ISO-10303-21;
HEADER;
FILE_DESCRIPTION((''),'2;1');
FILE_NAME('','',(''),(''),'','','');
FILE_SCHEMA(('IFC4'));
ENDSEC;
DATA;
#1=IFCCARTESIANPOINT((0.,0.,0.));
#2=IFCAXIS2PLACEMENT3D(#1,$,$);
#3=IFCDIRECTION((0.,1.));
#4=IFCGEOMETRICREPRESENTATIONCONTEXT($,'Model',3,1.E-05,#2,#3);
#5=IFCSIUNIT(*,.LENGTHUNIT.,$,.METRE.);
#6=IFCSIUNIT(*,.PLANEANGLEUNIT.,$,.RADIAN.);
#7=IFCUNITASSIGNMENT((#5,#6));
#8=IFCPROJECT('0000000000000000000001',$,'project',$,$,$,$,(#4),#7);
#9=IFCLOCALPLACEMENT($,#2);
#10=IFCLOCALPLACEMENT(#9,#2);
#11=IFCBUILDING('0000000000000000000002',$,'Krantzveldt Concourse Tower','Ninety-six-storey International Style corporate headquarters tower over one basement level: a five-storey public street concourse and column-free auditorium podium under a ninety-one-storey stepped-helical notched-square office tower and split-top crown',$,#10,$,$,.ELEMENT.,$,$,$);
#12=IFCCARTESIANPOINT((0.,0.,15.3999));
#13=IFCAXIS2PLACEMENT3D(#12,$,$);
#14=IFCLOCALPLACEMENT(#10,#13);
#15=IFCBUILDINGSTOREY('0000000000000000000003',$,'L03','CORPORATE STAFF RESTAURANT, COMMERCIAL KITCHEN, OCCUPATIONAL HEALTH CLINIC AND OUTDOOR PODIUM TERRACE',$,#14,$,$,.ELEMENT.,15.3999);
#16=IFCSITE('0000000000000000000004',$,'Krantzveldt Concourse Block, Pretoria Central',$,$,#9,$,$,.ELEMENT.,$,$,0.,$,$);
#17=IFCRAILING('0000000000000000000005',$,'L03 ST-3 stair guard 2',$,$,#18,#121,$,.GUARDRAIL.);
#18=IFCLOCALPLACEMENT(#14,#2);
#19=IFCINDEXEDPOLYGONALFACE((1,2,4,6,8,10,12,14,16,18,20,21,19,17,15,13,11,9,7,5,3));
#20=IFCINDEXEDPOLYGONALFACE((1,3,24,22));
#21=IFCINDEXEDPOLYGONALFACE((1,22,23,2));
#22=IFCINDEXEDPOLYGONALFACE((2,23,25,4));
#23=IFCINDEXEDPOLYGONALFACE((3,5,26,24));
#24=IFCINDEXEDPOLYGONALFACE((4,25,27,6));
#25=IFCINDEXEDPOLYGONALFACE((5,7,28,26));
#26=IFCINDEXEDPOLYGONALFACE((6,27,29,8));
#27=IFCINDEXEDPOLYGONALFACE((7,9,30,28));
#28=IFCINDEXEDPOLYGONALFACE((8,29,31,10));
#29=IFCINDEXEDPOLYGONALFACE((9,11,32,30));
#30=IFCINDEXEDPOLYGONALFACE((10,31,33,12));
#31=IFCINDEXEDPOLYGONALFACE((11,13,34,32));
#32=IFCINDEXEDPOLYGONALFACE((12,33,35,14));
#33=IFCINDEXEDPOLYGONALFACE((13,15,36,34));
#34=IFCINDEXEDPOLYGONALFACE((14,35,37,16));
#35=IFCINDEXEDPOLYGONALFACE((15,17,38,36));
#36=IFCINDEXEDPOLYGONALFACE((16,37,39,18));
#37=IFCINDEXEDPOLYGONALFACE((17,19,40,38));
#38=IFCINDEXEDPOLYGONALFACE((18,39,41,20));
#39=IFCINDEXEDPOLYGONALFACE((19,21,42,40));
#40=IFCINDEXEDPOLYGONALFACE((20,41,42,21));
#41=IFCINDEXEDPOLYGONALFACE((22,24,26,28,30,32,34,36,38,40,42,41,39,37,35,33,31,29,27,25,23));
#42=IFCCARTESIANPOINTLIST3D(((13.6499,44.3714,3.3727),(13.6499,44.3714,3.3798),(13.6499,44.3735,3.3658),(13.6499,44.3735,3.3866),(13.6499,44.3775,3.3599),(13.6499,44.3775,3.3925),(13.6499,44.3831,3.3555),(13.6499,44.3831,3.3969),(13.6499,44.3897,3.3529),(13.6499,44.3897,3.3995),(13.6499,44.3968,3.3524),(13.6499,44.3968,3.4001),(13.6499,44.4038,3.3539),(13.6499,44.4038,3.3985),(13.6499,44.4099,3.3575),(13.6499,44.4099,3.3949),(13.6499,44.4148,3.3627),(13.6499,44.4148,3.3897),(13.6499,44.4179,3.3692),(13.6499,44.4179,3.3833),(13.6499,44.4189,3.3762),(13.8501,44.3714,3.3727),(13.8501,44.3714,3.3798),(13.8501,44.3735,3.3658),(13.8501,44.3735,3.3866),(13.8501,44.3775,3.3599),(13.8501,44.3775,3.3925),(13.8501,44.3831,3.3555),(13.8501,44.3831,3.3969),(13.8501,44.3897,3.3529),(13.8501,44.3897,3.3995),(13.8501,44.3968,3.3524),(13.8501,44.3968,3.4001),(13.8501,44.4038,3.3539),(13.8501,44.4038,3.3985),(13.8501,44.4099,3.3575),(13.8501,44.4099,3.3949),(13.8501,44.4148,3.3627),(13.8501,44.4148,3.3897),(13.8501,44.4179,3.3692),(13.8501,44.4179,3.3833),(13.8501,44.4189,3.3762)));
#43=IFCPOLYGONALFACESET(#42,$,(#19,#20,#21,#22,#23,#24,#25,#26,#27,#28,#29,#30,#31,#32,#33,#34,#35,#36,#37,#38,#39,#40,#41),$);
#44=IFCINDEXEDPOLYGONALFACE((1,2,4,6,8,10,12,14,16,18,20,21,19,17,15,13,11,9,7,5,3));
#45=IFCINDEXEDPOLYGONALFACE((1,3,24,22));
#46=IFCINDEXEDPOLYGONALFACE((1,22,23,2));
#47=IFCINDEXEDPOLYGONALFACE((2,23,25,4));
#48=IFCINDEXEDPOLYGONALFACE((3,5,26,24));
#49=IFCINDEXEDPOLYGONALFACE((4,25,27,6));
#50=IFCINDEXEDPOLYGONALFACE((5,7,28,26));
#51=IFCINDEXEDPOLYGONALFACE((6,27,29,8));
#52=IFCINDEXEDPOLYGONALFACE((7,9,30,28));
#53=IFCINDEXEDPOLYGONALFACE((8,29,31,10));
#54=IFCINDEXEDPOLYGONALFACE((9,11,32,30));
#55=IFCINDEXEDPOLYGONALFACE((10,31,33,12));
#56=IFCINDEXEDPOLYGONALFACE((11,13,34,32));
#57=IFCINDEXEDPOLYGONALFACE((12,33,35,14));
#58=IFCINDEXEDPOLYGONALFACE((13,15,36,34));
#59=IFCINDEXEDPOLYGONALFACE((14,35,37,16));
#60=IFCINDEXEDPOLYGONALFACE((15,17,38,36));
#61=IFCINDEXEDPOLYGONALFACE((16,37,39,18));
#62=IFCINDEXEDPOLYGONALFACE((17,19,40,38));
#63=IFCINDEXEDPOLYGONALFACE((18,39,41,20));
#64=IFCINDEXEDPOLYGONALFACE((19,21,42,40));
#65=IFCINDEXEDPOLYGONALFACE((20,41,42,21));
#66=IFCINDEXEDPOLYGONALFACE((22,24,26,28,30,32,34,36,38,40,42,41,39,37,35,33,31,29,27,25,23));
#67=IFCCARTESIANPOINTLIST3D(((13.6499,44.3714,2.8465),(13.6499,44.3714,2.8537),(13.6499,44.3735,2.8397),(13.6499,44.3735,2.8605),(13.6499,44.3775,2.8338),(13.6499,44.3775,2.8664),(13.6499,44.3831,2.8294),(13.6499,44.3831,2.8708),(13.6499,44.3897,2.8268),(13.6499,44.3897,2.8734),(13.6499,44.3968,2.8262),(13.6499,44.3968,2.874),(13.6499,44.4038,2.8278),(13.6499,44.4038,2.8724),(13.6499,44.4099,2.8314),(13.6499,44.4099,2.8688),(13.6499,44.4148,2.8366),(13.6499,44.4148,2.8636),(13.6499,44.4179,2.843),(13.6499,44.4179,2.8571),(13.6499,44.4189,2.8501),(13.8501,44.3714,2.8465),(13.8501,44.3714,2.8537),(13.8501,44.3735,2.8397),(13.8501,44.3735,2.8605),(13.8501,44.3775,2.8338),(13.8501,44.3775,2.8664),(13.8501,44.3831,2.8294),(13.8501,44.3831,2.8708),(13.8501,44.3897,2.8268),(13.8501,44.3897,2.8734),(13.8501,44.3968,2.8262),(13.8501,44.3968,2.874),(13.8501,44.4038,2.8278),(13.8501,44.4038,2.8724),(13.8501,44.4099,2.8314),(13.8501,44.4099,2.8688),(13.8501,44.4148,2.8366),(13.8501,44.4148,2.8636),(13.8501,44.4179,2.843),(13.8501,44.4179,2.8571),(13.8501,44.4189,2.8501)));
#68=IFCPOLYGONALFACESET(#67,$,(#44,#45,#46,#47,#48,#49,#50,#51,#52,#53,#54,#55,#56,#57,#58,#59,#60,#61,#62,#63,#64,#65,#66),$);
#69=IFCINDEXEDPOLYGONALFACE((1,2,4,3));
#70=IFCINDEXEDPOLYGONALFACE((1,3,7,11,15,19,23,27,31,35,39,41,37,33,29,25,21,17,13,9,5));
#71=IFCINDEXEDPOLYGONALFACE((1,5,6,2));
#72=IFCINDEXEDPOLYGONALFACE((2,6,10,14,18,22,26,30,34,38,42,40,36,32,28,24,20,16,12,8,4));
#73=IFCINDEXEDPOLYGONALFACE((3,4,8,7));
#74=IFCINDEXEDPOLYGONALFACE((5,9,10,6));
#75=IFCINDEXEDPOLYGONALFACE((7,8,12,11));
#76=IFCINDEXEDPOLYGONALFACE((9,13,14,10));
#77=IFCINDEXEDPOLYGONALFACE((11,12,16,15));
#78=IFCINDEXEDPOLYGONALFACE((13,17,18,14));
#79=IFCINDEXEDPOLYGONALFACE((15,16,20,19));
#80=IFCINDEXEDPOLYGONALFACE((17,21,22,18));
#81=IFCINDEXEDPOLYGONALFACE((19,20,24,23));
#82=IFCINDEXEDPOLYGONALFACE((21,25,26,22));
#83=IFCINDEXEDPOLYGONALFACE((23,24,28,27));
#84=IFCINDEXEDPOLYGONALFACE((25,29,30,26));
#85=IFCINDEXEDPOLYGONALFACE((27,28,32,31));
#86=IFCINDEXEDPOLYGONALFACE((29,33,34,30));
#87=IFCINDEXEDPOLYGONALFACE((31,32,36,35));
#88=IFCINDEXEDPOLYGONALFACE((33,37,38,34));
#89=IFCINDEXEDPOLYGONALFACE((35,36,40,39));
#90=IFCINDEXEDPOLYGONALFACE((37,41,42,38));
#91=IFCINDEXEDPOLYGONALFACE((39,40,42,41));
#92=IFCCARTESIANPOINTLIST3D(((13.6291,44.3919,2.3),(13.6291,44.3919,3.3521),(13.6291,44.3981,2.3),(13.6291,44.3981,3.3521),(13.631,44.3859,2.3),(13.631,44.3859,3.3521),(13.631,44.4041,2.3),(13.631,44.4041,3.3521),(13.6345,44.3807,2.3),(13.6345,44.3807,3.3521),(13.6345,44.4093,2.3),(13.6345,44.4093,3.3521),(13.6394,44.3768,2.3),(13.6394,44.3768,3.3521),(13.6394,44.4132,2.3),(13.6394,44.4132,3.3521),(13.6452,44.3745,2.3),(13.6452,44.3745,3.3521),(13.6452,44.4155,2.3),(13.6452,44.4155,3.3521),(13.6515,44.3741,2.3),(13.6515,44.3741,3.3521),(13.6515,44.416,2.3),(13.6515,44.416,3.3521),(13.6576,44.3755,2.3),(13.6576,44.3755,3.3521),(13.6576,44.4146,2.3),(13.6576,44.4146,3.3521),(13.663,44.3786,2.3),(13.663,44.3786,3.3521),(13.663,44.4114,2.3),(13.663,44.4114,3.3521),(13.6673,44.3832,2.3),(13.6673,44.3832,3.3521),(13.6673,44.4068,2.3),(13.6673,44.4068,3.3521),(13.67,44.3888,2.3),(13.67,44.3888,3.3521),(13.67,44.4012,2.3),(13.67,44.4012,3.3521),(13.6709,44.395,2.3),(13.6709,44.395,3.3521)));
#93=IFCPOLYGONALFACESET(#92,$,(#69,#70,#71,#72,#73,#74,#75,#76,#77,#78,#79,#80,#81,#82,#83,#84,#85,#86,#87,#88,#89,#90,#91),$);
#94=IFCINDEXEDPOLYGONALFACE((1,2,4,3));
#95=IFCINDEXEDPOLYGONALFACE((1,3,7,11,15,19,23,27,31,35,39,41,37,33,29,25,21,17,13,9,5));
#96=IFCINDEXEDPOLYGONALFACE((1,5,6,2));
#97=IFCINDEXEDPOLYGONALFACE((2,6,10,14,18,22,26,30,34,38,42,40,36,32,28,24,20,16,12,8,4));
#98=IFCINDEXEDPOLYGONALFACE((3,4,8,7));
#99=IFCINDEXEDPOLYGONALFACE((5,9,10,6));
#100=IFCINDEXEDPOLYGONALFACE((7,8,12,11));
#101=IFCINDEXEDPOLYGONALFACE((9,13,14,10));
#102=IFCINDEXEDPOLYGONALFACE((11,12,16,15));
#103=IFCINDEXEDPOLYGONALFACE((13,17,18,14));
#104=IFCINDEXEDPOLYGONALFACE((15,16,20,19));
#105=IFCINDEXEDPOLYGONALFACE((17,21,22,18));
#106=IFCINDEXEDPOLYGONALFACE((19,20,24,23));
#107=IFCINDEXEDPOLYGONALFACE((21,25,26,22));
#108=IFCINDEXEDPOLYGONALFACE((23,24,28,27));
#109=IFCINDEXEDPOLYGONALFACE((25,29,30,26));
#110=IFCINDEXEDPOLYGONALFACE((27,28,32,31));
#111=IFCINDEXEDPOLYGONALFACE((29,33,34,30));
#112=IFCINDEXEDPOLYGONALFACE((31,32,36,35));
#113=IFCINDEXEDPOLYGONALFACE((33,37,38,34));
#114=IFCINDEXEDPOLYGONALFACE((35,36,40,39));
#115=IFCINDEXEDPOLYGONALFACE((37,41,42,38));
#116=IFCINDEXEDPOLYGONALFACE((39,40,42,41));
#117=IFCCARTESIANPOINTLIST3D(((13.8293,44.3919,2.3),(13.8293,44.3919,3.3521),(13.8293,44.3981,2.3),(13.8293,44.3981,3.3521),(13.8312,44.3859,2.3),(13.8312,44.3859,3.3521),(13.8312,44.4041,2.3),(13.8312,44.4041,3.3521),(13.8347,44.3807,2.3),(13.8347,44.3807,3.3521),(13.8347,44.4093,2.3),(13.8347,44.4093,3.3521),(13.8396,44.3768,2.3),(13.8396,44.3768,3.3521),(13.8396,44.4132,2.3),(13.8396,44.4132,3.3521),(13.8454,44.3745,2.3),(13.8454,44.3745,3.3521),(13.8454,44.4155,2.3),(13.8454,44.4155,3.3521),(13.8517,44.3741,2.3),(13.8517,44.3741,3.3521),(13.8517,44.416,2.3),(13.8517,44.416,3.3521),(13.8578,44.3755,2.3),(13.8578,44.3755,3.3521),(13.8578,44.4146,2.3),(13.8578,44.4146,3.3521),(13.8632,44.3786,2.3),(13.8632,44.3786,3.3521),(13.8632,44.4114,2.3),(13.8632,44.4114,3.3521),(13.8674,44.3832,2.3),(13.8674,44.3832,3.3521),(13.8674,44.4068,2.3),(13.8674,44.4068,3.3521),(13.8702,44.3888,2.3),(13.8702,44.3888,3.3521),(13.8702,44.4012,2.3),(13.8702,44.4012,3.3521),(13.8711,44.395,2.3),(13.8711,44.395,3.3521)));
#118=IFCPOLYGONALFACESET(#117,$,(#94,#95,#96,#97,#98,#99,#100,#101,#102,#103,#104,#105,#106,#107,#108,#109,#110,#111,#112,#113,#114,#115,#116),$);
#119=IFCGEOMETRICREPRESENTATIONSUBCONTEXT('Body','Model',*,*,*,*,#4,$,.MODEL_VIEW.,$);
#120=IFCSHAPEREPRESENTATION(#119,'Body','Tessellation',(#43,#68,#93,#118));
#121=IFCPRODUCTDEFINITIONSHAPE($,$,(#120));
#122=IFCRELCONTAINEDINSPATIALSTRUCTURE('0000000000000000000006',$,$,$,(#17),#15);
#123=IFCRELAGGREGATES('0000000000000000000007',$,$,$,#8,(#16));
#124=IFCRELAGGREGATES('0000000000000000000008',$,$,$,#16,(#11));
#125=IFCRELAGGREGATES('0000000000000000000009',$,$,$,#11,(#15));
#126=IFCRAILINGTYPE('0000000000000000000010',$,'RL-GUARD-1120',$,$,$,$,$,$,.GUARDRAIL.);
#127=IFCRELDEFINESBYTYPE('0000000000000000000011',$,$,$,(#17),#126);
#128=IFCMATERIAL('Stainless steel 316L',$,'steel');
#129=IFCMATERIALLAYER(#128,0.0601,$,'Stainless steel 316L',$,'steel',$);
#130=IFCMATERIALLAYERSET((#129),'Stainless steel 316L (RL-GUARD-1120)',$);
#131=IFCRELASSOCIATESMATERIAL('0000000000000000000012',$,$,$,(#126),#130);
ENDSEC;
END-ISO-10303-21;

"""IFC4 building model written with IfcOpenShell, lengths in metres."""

from ifc_helpers import new_model, si_unit, direction, frame, origin, origin_2d, place, context, subcontext, project, spatial, circle, extrude, material, layer, layer_set, type_object, element, save


model = new_model("IFC4")

# Units and contexts
model_context = context("Model", 3, precision=1e-05, world=origin(), true_north=direction((0.0, 1.0)))
body_context = subcontext(model_context, "Body", "Model", "MODEL_VIEW")
ifc_project = project(units=[si_unit("LENGTHUNIT", "METRE"), si_unit("PLANEANGLEUNIT", "RADIAN")], contexts=[model_context])

# Site, building, storey
site_placement = place(None, origin())
site = spatial("IfcSite", under=ifc_project, at=site_placement, Name="Krantzveldt Concourse Block, Pretoria Central", CompositionType="ELEMENT", RefElevation=0.0)
building_placement = place(site_placement, origin())
building = spatial("IfcBuilding", under=site, at=building_placement, Name="Krantzveldt Concourse Tower", Description="Ninety-six-storey International Style corporate headquarters tower over one basement level: a five-storey public street concourse and column-free auditorium podium under a ninety-one-storey stepped-helical notched-square office tower and split-top crown", CompositionType="ELEMENT")
storey_placement = place(building_placement, frame((0.0, 0.0, 15.3999)))
storey = spatial("IfcBuildingStorey", under=building, at=storey_placement, Name="L03", Description="CORPORATE STAFF RESTAURANT, COMMERCIAL KITCHEN, OCCUPATIONAL HEALTH CLINIC AND OUTDOOR PODIUM TERRACE", CompositionType="ELEMENT", Elevation=15.3999)

# Railing
ifc_material_1 = material(Name="Stainless steel 316L", Category="steel")
ifc_layer_1 = layer(ifc_material_1, 0.0601, Name="Stainless steel 316L", Category="steel")
ifc_layer_set_1 = layer_set([ifc_layer_1], Name="Stainless steel 316L (RL-GUARD-1120)")
railing_type_1 = type_object("IfcRailingType", Name="RL-GUARD-1120", PredefinedType="GUARDRAIL", material=ifc_layer_set_1)
railing_1_placement = place(storey_placement, frame((13.6499, 44.395, 2.3)))
element("IfcRailing", 1, at=railing_1_placement, inside=storey, type_object=railing_type_1, Name="L03 ST-3 stair guard 2", PredefinedType="GUARDRAIL", context=body_context, shape_type="SweptSolid", body=[
    extrude(circle(Radius=0.0239, at=origin_2d()), frame((0.0, 0.0, 1.0762), z_axis=(1.0, 0.0, 0.0), x_axis=(0.0, 1.0, 0.0)), (0.0, 0.0, 1.0), 0.2002),
    extrude(circle(Radius=0.0239, at=origin_2d()), frame((0.0, 0.0, 0.55), z_axis=(1.0, 0.0, 0.0), x_axis=(0.0, 1.0, 0.0)), (0.0, 0.0, 1.0), 0.2002),
    extrude(circle(Radius=0.021, at=origin_2d()), origin(), (0.0, 0.0, 1.0), 1.052),
    extrude(circle(Radius=0.021, at=origin_2d()), frame((0.2002, 0.0, 0.0)), (0.0, 0.0, 1.0), 1.052),
])

save(model, "model.ifc")
